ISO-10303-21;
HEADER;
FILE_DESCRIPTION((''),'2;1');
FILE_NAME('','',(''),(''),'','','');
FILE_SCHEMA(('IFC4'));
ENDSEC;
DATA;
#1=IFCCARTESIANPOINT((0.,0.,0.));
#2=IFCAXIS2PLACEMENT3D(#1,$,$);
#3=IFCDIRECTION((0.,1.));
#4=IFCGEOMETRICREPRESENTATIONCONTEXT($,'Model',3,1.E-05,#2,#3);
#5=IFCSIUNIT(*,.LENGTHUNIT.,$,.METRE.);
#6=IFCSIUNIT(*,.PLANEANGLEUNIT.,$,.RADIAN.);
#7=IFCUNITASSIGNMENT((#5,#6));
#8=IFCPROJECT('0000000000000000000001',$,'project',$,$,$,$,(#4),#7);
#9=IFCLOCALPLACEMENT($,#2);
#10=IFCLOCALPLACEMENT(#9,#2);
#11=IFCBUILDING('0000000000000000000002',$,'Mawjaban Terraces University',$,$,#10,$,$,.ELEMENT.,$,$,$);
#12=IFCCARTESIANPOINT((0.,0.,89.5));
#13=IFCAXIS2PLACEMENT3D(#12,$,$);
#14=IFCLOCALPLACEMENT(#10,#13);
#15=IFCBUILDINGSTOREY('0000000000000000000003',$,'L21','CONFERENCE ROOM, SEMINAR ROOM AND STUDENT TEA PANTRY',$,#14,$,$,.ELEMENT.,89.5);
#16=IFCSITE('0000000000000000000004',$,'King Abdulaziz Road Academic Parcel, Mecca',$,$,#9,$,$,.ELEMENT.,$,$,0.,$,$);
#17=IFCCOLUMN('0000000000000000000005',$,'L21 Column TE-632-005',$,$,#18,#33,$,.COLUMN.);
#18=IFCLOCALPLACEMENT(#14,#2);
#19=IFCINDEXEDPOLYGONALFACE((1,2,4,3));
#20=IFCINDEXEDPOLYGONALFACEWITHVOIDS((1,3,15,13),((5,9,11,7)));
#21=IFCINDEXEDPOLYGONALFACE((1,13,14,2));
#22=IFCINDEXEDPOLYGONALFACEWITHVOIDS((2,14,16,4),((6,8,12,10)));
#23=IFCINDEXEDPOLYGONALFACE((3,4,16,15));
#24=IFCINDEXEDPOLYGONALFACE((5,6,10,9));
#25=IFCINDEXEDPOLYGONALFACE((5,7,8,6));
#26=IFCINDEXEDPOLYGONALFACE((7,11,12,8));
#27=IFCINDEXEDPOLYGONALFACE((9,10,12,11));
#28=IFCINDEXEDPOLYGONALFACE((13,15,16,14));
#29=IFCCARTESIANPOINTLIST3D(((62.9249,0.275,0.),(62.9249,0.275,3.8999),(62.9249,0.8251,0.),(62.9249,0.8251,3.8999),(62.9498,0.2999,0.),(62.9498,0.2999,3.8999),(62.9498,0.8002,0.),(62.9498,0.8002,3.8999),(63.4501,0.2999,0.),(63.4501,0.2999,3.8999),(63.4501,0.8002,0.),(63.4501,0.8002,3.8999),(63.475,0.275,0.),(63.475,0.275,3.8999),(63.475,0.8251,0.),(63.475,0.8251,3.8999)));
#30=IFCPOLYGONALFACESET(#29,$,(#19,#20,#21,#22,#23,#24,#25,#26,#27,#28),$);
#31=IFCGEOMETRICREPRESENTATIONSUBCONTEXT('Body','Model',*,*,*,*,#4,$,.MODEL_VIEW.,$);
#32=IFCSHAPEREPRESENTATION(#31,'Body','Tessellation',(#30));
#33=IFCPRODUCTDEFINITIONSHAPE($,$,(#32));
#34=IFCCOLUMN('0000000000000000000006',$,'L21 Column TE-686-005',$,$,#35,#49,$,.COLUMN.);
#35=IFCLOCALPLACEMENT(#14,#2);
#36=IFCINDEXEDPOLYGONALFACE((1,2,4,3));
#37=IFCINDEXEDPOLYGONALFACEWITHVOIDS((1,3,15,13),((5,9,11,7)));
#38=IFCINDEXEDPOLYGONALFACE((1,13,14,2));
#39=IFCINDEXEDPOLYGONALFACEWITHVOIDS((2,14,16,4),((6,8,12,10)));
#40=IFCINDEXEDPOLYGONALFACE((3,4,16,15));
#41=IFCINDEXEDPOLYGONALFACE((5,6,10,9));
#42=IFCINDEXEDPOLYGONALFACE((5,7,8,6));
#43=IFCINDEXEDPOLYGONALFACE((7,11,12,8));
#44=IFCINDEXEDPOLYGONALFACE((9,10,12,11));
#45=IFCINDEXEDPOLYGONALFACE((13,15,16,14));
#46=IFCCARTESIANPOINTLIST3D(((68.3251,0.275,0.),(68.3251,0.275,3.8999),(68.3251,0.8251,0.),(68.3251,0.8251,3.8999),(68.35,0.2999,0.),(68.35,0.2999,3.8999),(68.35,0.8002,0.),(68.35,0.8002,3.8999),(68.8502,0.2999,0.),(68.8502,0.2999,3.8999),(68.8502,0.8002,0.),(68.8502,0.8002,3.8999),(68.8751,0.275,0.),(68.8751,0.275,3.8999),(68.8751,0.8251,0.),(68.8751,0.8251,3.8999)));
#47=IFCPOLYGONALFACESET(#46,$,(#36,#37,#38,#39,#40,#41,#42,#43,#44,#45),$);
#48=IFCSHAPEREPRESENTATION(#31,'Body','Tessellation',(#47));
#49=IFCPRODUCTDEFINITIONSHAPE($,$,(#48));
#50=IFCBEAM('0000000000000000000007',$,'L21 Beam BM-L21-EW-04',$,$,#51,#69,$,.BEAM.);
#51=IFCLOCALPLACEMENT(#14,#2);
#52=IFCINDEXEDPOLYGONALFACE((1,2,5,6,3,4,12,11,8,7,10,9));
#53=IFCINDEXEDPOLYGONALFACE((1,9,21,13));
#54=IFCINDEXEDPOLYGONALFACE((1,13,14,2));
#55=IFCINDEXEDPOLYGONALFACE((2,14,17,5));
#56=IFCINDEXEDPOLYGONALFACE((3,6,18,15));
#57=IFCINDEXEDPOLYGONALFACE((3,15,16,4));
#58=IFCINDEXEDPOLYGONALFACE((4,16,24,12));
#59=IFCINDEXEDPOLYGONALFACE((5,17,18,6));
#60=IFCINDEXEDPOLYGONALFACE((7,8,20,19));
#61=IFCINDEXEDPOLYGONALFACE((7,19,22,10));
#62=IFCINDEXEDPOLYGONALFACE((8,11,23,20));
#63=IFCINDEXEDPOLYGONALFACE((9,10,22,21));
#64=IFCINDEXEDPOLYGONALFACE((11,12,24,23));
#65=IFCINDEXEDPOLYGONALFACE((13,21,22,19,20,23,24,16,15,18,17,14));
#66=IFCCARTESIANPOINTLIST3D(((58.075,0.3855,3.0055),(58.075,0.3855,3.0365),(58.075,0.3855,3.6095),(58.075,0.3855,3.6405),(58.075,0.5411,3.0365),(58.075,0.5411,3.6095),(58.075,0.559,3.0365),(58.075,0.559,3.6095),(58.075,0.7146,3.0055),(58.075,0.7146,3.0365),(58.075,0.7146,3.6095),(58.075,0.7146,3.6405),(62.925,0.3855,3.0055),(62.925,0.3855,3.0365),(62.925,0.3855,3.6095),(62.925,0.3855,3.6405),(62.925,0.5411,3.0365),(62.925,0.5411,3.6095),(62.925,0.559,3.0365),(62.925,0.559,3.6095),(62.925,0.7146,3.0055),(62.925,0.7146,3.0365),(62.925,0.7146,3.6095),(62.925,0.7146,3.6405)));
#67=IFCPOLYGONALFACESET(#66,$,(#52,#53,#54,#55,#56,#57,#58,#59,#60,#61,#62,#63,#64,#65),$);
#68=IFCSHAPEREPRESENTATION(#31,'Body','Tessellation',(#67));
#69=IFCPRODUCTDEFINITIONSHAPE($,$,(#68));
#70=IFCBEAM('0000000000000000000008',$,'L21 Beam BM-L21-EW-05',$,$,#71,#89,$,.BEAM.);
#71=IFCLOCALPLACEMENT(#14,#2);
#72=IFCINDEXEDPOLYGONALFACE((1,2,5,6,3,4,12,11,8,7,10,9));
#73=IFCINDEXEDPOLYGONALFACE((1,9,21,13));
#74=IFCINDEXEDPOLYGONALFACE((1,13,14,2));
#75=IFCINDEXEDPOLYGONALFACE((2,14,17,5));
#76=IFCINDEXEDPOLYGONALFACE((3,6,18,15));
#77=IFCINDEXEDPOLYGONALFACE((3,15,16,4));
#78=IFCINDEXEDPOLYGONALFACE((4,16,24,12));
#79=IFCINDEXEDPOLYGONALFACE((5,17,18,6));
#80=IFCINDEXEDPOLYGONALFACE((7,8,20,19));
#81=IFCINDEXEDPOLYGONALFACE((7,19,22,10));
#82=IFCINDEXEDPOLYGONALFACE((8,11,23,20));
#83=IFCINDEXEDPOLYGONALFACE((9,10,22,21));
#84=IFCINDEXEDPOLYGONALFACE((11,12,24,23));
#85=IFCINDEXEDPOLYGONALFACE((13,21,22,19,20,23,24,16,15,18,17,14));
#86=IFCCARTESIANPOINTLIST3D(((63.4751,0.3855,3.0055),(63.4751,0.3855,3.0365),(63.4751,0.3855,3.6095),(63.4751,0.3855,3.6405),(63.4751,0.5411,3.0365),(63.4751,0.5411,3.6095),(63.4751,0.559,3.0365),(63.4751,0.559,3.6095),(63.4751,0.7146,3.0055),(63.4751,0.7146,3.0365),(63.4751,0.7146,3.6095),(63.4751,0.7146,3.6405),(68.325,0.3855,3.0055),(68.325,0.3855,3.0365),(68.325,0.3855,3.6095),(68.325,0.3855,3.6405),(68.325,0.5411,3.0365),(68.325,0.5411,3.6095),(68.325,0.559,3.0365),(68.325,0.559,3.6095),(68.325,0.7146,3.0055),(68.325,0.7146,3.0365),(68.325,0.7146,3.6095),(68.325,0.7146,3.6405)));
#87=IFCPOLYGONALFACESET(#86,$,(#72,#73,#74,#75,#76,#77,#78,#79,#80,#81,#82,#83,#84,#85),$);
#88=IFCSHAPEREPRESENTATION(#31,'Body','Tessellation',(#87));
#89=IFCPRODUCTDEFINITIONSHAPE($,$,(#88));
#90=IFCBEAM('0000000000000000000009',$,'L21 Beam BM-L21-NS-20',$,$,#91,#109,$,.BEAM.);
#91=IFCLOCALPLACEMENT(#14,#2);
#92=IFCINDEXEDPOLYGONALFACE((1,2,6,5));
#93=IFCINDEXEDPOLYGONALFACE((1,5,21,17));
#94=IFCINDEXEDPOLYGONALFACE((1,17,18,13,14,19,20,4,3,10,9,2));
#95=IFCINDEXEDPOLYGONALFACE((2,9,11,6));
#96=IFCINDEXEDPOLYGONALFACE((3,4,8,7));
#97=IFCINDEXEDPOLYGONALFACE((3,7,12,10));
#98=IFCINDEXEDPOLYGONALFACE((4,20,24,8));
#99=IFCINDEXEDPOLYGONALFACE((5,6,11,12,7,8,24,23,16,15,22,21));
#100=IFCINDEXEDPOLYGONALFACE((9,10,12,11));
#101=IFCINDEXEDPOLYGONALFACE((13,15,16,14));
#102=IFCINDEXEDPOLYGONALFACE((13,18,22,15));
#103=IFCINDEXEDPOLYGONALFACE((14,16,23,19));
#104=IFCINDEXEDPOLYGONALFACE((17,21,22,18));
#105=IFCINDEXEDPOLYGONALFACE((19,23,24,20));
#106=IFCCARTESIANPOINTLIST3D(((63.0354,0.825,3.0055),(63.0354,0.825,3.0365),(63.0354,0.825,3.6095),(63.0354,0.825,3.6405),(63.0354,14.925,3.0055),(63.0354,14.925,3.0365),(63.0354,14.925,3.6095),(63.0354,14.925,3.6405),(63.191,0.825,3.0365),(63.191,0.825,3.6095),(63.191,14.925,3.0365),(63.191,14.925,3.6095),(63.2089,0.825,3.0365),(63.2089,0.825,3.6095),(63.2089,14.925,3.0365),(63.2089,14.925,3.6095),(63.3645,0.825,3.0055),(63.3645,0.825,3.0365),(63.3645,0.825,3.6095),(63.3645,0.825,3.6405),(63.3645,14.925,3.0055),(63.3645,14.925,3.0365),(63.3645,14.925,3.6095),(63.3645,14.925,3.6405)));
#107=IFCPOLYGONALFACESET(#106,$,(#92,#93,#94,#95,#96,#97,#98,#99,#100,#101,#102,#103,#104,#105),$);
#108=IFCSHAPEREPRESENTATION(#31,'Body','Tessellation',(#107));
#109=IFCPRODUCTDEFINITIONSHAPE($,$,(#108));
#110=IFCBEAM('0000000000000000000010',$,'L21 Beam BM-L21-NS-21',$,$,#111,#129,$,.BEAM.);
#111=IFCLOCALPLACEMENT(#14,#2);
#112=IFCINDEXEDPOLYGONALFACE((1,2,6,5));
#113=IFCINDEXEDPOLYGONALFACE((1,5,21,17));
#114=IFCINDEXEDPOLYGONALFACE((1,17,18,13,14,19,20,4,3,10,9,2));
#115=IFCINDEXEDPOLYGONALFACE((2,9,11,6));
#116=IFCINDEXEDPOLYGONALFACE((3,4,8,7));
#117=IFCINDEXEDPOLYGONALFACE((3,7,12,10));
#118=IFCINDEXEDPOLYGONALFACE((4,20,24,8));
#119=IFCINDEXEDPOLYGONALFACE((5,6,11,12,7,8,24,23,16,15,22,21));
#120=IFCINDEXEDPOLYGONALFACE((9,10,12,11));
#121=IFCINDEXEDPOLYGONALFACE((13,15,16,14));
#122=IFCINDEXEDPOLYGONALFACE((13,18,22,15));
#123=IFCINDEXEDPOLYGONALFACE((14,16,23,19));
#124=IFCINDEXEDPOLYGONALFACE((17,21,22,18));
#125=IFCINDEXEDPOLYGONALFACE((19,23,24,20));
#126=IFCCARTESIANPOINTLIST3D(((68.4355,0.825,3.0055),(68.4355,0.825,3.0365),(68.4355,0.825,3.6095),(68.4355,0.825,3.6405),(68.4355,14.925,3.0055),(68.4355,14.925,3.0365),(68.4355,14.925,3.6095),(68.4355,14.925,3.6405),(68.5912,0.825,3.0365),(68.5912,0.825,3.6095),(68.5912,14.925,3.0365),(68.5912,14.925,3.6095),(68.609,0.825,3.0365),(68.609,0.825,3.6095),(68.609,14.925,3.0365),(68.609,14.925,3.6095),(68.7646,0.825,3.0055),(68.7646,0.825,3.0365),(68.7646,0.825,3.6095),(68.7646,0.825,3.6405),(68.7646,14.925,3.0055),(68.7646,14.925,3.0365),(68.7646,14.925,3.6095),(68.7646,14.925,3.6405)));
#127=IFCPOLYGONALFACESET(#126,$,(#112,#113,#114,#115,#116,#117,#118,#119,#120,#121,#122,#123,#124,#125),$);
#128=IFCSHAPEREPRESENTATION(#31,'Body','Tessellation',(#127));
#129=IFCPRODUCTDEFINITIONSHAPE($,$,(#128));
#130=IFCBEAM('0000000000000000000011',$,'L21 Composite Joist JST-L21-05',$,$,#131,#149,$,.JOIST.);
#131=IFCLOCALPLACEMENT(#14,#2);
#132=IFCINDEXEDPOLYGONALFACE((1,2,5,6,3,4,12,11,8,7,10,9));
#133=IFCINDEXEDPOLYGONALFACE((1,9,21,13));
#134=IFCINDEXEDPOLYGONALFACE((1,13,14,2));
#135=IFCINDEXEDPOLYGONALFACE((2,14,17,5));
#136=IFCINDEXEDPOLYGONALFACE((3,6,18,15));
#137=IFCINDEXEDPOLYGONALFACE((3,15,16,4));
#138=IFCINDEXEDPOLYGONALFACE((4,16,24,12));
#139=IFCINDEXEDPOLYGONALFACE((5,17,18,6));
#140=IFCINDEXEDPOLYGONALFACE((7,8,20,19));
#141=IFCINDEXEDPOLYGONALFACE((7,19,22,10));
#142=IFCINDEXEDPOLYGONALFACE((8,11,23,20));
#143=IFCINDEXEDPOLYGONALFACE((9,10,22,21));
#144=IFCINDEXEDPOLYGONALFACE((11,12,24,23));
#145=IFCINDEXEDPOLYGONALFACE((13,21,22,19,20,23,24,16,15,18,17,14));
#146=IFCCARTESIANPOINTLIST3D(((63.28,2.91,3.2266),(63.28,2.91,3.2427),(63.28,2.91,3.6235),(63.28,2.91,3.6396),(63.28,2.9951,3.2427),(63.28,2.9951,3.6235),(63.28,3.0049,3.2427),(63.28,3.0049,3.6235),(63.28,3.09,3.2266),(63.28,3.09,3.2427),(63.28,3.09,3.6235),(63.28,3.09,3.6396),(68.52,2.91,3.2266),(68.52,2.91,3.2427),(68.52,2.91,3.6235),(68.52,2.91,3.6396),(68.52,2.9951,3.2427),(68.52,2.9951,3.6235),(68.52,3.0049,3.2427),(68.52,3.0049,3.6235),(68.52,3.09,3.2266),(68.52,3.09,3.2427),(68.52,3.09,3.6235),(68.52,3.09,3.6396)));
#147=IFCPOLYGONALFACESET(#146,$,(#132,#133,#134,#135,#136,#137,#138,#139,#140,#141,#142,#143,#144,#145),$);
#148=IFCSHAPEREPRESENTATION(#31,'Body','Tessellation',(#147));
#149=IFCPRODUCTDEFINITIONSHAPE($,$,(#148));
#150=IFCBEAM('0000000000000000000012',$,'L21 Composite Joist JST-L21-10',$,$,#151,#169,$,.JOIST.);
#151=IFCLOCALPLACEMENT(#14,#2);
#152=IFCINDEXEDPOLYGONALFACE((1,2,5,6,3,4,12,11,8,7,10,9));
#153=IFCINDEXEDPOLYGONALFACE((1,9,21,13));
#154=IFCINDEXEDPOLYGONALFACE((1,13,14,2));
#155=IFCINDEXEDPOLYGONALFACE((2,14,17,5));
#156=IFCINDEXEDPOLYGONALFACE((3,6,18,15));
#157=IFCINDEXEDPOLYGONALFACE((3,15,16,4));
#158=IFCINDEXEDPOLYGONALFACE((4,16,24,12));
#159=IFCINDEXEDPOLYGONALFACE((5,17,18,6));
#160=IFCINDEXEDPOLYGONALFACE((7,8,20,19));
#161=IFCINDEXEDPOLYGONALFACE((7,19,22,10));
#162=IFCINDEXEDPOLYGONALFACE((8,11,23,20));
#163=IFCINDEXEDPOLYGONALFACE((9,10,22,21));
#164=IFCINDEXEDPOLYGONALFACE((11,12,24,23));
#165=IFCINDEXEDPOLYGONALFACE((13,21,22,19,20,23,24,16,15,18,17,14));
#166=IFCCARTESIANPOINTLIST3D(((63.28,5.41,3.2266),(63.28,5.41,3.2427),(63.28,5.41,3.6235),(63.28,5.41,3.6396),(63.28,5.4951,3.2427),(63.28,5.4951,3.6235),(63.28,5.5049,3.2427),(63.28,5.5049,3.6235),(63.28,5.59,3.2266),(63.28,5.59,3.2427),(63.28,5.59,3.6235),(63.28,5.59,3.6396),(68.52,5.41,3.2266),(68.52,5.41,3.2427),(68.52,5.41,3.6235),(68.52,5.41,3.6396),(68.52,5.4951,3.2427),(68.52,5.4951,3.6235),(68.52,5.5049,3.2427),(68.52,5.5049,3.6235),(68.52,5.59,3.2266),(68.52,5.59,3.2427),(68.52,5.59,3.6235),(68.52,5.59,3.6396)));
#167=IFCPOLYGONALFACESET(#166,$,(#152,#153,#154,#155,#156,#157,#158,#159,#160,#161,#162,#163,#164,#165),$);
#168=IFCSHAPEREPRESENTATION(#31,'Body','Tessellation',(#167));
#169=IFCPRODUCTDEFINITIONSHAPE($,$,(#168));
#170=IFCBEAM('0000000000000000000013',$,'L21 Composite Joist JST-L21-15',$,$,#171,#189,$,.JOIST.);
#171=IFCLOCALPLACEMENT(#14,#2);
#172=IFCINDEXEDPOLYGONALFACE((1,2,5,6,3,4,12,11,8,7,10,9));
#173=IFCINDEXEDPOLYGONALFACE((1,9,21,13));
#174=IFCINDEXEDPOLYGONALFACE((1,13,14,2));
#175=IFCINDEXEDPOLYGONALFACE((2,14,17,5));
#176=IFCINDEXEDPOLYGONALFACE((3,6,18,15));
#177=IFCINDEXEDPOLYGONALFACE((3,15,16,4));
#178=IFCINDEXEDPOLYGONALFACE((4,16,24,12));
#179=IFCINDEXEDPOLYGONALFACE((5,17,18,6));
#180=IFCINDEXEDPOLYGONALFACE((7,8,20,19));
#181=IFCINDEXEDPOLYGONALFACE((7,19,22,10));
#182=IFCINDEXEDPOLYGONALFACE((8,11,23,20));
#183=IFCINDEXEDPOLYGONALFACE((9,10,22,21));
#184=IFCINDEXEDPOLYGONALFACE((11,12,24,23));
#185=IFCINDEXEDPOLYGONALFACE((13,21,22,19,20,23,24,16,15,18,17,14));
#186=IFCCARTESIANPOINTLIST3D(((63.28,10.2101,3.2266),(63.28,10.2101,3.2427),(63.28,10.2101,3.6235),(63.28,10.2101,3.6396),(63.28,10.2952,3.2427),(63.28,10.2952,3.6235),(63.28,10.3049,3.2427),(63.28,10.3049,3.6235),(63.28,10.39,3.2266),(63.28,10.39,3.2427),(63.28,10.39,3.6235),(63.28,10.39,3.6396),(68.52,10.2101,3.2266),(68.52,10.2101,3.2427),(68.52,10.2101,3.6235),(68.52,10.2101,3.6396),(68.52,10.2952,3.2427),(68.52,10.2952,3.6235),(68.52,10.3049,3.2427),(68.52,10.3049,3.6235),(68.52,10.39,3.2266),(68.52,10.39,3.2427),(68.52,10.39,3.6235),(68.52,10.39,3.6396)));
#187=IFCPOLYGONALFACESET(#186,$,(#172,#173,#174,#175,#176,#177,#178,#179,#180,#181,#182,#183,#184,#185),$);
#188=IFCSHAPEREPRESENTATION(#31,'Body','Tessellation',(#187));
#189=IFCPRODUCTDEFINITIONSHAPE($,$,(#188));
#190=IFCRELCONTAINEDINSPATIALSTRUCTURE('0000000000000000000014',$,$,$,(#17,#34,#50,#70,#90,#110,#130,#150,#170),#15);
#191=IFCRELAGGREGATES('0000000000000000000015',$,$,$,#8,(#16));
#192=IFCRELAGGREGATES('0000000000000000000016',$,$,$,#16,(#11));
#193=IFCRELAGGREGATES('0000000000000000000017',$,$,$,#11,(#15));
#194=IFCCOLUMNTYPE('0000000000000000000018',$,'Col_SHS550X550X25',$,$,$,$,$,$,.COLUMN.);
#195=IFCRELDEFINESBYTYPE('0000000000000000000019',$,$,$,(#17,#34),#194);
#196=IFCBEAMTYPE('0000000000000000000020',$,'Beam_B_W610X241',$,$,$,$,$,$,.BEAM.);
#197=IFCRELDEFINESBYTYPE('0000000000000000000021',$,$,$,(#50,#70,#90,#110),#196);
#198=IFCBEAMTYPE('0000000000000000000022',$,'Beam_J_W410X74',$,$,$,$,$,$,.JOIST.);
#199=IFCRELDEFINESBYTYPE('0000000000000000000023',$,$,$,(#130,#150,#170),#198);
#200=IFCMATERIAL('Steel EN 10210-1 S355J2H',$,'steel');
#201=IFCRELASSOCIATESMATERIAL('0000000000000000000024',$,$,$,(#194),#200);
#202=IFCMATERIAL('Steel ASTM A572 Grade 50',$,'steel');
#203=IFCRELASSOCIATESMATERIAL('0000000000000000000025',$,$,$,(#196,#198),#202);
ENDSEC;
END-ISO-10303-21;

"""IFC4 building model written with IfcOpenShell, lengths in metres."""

from ifc_helpers import new_model, si_unit, direction, frame, origin, origin_2d, place, context, subcontext, project, spatial, hollow_rectangle, i_section, extrude, material, material_profile, profile_set, type_object, element, save


model = new_model("IFC4")

# Units and contexts
model_context = context("Model", 3, precision=1e-05, world=origin(), true_north=direction((0.0, 1.0)))
body_context = subcontext(model_context, "Body", "Model", "MODEL_VIEW")
ifc_project = project(units=[si_unit("LENGTHUNIT", "METRE"), si_unit("PLANEANGLEUNIT", "RADIAN")], contexts=[model_context])

# Site, building, storey
site_placement = place(None, origin())
site = spatial("IfcSite", under=ifc_project, at=site_placement, Name="King Abdulaziz Road Academic Parcel, Mecca", CompositionType="ELEMENT", RefElevation=0.0)
building_placement = place(site_placement, origin())
building = spatial("IfcBuilding", under=site, at=building_placement, Name="Mawjaban Terraces University", CompositionType="ELEMENT")
storey_placement = place(building_placement, frame((0.0, 0.0, 89.5)))
storey = spatial("IfcBuildingStorey", under=building, at=storey_placement, Name="L21", Description="CONFERENCE ROOM, SEMINAR ROOM AND STUDENT TEA PANTRY", CompositionType="ELEMENT", Elevation=89.5)

# Columns
ifc_material_1 = material(Name="Steel EN 10210-1 S355J2H", Category="steel")
ifc_material_profile_1 = material_profile(ifc_material_1, hollow_rectangle(XDim=0.55, YDim=0.55, WallThickness=0.0249, at=origin_2d()), Name="SHS550X550X25")
ifc_profile_set_1 = profile_set([ifc_material_profile_1], Name="Steel EN 10210-1 S355J2H")
column_type = type_object("IfcColumnType", Name="Col_SHS550X550X25", PredefinedType="COLUMN", material=ifc_profile_set_1)
for number, where, z_axis, x_axis, name in (
    (1, (63.2, 0.55, 0.0), (0.0, 0.0, 1.0), (1.0, 0.0, 0.0), "L21 Column TE-632-005"),
    (2, (68.6001, 0.55, 0.0), (0.0, 0.0, 1.0), (1.0, 0.0, 0.0), "L21 Column TE-686-005"),
):
    element("IfcColumn", number, at=place(storey_placement, frame(where, z_axis=z_axis, x_axis=x_axis)), inside=storey, type_object=column_type, Name=name, PredefinedType="COLUMN", context=body_context, shape_type="SweptSolid", body=[
        extrude(hollow_rectangle(XDim=0.55, YDim=0.55, WallThickness=0.0249, at=origin_2d()), origin(), (0.0, 0.0, 1.0), 3.8999),
    ])

# Beams
ifc_material_2 = material(Name="Steel ASTM A572 Grade 50", Category="steel")
ifc_material_profile_2 = material_profile(ifc_material_2, i_section(OverallWidth=0.3291, OverallDepth=0.635, WebThickness=0.0178, FlangeThickness=0.031, at=origin_2d()), Name="W610X241")
ifc_profile_set_2 = profile_set([ifc_material_profile_2], Name="Steel ASTM A572 Grade 50")
beam_type_1 = type_object("IfcBeamType", Name="Beam_B_W610X241", PredefinedType="BEAM", material=ifc_profile_set_2)
beam_1_placement = place(storey_placement, frame((58.075, 0.55, 3.323), z_axis=(1.0, 0.0, 0.0), x_axis=(0.0, 1.0, 0.0)))
element("IfcBeam", 3, at=beam_1_placement, inside=storey, type_object=beam_type_1, Name="L21 Beam BM-L21-EW-04", PredefinedType="BEAM", context=body_context, shape_type="SweptSolid", body=[
    extrude(i_section(OverallWidth=0.3291, OverallDepth=0.635, WebThickness=0.0178, FlangeThickness=0.031, at=origin_2d()), origin(), (0.0, 0.0, 1.0), 4.8501),
])
beam_2_placement = place(storey_placement, frame((63.4751, 0.55, 3.323), z_axis=(1.0, 0.0, 0.0), x_axis=(0.0, 1.0, 0.0)))
element("IfcBeam", 4, at=beam_2_placement, inside=storey, type_object=beam_type_1, Name="L21 Beam BM-L21-EW-05", PredefinedType="BEAM", context=body_context, shape_type="SweptSolid", body=[
    extrude(i_section(OverallWidth=0.3291, OverallDepth=0.635, WebThickness=0.0178, FlangeThickness=0.031, at=origin_2d()), origin(), (0.0, 0.0, 1.0), 4.8499),
])
for number, where, z_axis, x_axis, name in (
    (5, (63.2, 0.825, 3.323), (0.0, 1.0, 0.0), (-1.0, 0.0, 0.0), "L21 Beam BM-L21-NS-20"),
    (6, (68.6001, 0.825, 3.323), (0.0, 1.0, 0.0), (-1.0, 0.0, 0.0), "L21 Beam BM-L21-NS-21"),
):
    element("IfcBeam", number, at=place(storey_placement, frame(where, z_axis=z_axis, x_axis=x_axis)), inside=storey, type_object=beam_type_1, Name=name, PredefinedType="BEAM", context=body_context, shape_type="SweptSolid", body=[
        extrude(i_section(OverallWidth=0.3291, OverallDepth=0.635, WebThickness=0.0178, FlangeThickness=0.031, at=origin_2d()), origin(), (0.0, 0.0, 1.0), 14.1001),
    ])
ifc_material_profile_3 = material_profile(ifc_material_2, i_section(OverallWidth=0.1799, OverallDepth=0.4131, WebThickness=0.0098, FlangeThickness=0.0161, at=origin_2d()), Name="W410X74")
ifc_profile_set_3 = profile_set([ifc_material_profile_3], Name="Steel ASTM A572 Grade 50")
beam_type_2 = type_object("IfcBeamType", Name="Beam_J_W410X74", PredefinedType="JOIST", material=ifc_profile_set_3)
for number, where, z_axis, x_axis, name in (
    (7, (63.28, 3.0, 3.4331), (1.0, 0.0, 0.0), (0.0, 1.0, 0.0), "L21 Composite Joist JST-L21-05"),
    (8, (63.28, 5.5, 3.4331), (1.0, 0.0, 0.0), (0.0, 1.0, 0.0), "L21 Composite Joist JST-L21-10"),
    (9, (63.28, 10.3, 3.4331), (1.0, 0.0, 0.0), (0.0, 1.0, 0.0), "L21 Composite Joist JST-L21-15"),
):
    element("IfcBeam", number, at=place(storey_placement, frame(where, z_axis=z_axis, x_axis=x_axis)), inside=storey, type_object=beam_type_2, Name=name, PredefinedType="JOIST", context=body_context, shape_type="SweptSolid", body=[
        extrude(i_section(OverallWidth=0.1799, OverallDepth=0.4131, WebThickness=0.0098, FlangeThickness=0.0161, at=origin_2d()), origin(), (0.0, 0.0, 1.0), 5.24),
    ])

save(model, "model.ifc")
